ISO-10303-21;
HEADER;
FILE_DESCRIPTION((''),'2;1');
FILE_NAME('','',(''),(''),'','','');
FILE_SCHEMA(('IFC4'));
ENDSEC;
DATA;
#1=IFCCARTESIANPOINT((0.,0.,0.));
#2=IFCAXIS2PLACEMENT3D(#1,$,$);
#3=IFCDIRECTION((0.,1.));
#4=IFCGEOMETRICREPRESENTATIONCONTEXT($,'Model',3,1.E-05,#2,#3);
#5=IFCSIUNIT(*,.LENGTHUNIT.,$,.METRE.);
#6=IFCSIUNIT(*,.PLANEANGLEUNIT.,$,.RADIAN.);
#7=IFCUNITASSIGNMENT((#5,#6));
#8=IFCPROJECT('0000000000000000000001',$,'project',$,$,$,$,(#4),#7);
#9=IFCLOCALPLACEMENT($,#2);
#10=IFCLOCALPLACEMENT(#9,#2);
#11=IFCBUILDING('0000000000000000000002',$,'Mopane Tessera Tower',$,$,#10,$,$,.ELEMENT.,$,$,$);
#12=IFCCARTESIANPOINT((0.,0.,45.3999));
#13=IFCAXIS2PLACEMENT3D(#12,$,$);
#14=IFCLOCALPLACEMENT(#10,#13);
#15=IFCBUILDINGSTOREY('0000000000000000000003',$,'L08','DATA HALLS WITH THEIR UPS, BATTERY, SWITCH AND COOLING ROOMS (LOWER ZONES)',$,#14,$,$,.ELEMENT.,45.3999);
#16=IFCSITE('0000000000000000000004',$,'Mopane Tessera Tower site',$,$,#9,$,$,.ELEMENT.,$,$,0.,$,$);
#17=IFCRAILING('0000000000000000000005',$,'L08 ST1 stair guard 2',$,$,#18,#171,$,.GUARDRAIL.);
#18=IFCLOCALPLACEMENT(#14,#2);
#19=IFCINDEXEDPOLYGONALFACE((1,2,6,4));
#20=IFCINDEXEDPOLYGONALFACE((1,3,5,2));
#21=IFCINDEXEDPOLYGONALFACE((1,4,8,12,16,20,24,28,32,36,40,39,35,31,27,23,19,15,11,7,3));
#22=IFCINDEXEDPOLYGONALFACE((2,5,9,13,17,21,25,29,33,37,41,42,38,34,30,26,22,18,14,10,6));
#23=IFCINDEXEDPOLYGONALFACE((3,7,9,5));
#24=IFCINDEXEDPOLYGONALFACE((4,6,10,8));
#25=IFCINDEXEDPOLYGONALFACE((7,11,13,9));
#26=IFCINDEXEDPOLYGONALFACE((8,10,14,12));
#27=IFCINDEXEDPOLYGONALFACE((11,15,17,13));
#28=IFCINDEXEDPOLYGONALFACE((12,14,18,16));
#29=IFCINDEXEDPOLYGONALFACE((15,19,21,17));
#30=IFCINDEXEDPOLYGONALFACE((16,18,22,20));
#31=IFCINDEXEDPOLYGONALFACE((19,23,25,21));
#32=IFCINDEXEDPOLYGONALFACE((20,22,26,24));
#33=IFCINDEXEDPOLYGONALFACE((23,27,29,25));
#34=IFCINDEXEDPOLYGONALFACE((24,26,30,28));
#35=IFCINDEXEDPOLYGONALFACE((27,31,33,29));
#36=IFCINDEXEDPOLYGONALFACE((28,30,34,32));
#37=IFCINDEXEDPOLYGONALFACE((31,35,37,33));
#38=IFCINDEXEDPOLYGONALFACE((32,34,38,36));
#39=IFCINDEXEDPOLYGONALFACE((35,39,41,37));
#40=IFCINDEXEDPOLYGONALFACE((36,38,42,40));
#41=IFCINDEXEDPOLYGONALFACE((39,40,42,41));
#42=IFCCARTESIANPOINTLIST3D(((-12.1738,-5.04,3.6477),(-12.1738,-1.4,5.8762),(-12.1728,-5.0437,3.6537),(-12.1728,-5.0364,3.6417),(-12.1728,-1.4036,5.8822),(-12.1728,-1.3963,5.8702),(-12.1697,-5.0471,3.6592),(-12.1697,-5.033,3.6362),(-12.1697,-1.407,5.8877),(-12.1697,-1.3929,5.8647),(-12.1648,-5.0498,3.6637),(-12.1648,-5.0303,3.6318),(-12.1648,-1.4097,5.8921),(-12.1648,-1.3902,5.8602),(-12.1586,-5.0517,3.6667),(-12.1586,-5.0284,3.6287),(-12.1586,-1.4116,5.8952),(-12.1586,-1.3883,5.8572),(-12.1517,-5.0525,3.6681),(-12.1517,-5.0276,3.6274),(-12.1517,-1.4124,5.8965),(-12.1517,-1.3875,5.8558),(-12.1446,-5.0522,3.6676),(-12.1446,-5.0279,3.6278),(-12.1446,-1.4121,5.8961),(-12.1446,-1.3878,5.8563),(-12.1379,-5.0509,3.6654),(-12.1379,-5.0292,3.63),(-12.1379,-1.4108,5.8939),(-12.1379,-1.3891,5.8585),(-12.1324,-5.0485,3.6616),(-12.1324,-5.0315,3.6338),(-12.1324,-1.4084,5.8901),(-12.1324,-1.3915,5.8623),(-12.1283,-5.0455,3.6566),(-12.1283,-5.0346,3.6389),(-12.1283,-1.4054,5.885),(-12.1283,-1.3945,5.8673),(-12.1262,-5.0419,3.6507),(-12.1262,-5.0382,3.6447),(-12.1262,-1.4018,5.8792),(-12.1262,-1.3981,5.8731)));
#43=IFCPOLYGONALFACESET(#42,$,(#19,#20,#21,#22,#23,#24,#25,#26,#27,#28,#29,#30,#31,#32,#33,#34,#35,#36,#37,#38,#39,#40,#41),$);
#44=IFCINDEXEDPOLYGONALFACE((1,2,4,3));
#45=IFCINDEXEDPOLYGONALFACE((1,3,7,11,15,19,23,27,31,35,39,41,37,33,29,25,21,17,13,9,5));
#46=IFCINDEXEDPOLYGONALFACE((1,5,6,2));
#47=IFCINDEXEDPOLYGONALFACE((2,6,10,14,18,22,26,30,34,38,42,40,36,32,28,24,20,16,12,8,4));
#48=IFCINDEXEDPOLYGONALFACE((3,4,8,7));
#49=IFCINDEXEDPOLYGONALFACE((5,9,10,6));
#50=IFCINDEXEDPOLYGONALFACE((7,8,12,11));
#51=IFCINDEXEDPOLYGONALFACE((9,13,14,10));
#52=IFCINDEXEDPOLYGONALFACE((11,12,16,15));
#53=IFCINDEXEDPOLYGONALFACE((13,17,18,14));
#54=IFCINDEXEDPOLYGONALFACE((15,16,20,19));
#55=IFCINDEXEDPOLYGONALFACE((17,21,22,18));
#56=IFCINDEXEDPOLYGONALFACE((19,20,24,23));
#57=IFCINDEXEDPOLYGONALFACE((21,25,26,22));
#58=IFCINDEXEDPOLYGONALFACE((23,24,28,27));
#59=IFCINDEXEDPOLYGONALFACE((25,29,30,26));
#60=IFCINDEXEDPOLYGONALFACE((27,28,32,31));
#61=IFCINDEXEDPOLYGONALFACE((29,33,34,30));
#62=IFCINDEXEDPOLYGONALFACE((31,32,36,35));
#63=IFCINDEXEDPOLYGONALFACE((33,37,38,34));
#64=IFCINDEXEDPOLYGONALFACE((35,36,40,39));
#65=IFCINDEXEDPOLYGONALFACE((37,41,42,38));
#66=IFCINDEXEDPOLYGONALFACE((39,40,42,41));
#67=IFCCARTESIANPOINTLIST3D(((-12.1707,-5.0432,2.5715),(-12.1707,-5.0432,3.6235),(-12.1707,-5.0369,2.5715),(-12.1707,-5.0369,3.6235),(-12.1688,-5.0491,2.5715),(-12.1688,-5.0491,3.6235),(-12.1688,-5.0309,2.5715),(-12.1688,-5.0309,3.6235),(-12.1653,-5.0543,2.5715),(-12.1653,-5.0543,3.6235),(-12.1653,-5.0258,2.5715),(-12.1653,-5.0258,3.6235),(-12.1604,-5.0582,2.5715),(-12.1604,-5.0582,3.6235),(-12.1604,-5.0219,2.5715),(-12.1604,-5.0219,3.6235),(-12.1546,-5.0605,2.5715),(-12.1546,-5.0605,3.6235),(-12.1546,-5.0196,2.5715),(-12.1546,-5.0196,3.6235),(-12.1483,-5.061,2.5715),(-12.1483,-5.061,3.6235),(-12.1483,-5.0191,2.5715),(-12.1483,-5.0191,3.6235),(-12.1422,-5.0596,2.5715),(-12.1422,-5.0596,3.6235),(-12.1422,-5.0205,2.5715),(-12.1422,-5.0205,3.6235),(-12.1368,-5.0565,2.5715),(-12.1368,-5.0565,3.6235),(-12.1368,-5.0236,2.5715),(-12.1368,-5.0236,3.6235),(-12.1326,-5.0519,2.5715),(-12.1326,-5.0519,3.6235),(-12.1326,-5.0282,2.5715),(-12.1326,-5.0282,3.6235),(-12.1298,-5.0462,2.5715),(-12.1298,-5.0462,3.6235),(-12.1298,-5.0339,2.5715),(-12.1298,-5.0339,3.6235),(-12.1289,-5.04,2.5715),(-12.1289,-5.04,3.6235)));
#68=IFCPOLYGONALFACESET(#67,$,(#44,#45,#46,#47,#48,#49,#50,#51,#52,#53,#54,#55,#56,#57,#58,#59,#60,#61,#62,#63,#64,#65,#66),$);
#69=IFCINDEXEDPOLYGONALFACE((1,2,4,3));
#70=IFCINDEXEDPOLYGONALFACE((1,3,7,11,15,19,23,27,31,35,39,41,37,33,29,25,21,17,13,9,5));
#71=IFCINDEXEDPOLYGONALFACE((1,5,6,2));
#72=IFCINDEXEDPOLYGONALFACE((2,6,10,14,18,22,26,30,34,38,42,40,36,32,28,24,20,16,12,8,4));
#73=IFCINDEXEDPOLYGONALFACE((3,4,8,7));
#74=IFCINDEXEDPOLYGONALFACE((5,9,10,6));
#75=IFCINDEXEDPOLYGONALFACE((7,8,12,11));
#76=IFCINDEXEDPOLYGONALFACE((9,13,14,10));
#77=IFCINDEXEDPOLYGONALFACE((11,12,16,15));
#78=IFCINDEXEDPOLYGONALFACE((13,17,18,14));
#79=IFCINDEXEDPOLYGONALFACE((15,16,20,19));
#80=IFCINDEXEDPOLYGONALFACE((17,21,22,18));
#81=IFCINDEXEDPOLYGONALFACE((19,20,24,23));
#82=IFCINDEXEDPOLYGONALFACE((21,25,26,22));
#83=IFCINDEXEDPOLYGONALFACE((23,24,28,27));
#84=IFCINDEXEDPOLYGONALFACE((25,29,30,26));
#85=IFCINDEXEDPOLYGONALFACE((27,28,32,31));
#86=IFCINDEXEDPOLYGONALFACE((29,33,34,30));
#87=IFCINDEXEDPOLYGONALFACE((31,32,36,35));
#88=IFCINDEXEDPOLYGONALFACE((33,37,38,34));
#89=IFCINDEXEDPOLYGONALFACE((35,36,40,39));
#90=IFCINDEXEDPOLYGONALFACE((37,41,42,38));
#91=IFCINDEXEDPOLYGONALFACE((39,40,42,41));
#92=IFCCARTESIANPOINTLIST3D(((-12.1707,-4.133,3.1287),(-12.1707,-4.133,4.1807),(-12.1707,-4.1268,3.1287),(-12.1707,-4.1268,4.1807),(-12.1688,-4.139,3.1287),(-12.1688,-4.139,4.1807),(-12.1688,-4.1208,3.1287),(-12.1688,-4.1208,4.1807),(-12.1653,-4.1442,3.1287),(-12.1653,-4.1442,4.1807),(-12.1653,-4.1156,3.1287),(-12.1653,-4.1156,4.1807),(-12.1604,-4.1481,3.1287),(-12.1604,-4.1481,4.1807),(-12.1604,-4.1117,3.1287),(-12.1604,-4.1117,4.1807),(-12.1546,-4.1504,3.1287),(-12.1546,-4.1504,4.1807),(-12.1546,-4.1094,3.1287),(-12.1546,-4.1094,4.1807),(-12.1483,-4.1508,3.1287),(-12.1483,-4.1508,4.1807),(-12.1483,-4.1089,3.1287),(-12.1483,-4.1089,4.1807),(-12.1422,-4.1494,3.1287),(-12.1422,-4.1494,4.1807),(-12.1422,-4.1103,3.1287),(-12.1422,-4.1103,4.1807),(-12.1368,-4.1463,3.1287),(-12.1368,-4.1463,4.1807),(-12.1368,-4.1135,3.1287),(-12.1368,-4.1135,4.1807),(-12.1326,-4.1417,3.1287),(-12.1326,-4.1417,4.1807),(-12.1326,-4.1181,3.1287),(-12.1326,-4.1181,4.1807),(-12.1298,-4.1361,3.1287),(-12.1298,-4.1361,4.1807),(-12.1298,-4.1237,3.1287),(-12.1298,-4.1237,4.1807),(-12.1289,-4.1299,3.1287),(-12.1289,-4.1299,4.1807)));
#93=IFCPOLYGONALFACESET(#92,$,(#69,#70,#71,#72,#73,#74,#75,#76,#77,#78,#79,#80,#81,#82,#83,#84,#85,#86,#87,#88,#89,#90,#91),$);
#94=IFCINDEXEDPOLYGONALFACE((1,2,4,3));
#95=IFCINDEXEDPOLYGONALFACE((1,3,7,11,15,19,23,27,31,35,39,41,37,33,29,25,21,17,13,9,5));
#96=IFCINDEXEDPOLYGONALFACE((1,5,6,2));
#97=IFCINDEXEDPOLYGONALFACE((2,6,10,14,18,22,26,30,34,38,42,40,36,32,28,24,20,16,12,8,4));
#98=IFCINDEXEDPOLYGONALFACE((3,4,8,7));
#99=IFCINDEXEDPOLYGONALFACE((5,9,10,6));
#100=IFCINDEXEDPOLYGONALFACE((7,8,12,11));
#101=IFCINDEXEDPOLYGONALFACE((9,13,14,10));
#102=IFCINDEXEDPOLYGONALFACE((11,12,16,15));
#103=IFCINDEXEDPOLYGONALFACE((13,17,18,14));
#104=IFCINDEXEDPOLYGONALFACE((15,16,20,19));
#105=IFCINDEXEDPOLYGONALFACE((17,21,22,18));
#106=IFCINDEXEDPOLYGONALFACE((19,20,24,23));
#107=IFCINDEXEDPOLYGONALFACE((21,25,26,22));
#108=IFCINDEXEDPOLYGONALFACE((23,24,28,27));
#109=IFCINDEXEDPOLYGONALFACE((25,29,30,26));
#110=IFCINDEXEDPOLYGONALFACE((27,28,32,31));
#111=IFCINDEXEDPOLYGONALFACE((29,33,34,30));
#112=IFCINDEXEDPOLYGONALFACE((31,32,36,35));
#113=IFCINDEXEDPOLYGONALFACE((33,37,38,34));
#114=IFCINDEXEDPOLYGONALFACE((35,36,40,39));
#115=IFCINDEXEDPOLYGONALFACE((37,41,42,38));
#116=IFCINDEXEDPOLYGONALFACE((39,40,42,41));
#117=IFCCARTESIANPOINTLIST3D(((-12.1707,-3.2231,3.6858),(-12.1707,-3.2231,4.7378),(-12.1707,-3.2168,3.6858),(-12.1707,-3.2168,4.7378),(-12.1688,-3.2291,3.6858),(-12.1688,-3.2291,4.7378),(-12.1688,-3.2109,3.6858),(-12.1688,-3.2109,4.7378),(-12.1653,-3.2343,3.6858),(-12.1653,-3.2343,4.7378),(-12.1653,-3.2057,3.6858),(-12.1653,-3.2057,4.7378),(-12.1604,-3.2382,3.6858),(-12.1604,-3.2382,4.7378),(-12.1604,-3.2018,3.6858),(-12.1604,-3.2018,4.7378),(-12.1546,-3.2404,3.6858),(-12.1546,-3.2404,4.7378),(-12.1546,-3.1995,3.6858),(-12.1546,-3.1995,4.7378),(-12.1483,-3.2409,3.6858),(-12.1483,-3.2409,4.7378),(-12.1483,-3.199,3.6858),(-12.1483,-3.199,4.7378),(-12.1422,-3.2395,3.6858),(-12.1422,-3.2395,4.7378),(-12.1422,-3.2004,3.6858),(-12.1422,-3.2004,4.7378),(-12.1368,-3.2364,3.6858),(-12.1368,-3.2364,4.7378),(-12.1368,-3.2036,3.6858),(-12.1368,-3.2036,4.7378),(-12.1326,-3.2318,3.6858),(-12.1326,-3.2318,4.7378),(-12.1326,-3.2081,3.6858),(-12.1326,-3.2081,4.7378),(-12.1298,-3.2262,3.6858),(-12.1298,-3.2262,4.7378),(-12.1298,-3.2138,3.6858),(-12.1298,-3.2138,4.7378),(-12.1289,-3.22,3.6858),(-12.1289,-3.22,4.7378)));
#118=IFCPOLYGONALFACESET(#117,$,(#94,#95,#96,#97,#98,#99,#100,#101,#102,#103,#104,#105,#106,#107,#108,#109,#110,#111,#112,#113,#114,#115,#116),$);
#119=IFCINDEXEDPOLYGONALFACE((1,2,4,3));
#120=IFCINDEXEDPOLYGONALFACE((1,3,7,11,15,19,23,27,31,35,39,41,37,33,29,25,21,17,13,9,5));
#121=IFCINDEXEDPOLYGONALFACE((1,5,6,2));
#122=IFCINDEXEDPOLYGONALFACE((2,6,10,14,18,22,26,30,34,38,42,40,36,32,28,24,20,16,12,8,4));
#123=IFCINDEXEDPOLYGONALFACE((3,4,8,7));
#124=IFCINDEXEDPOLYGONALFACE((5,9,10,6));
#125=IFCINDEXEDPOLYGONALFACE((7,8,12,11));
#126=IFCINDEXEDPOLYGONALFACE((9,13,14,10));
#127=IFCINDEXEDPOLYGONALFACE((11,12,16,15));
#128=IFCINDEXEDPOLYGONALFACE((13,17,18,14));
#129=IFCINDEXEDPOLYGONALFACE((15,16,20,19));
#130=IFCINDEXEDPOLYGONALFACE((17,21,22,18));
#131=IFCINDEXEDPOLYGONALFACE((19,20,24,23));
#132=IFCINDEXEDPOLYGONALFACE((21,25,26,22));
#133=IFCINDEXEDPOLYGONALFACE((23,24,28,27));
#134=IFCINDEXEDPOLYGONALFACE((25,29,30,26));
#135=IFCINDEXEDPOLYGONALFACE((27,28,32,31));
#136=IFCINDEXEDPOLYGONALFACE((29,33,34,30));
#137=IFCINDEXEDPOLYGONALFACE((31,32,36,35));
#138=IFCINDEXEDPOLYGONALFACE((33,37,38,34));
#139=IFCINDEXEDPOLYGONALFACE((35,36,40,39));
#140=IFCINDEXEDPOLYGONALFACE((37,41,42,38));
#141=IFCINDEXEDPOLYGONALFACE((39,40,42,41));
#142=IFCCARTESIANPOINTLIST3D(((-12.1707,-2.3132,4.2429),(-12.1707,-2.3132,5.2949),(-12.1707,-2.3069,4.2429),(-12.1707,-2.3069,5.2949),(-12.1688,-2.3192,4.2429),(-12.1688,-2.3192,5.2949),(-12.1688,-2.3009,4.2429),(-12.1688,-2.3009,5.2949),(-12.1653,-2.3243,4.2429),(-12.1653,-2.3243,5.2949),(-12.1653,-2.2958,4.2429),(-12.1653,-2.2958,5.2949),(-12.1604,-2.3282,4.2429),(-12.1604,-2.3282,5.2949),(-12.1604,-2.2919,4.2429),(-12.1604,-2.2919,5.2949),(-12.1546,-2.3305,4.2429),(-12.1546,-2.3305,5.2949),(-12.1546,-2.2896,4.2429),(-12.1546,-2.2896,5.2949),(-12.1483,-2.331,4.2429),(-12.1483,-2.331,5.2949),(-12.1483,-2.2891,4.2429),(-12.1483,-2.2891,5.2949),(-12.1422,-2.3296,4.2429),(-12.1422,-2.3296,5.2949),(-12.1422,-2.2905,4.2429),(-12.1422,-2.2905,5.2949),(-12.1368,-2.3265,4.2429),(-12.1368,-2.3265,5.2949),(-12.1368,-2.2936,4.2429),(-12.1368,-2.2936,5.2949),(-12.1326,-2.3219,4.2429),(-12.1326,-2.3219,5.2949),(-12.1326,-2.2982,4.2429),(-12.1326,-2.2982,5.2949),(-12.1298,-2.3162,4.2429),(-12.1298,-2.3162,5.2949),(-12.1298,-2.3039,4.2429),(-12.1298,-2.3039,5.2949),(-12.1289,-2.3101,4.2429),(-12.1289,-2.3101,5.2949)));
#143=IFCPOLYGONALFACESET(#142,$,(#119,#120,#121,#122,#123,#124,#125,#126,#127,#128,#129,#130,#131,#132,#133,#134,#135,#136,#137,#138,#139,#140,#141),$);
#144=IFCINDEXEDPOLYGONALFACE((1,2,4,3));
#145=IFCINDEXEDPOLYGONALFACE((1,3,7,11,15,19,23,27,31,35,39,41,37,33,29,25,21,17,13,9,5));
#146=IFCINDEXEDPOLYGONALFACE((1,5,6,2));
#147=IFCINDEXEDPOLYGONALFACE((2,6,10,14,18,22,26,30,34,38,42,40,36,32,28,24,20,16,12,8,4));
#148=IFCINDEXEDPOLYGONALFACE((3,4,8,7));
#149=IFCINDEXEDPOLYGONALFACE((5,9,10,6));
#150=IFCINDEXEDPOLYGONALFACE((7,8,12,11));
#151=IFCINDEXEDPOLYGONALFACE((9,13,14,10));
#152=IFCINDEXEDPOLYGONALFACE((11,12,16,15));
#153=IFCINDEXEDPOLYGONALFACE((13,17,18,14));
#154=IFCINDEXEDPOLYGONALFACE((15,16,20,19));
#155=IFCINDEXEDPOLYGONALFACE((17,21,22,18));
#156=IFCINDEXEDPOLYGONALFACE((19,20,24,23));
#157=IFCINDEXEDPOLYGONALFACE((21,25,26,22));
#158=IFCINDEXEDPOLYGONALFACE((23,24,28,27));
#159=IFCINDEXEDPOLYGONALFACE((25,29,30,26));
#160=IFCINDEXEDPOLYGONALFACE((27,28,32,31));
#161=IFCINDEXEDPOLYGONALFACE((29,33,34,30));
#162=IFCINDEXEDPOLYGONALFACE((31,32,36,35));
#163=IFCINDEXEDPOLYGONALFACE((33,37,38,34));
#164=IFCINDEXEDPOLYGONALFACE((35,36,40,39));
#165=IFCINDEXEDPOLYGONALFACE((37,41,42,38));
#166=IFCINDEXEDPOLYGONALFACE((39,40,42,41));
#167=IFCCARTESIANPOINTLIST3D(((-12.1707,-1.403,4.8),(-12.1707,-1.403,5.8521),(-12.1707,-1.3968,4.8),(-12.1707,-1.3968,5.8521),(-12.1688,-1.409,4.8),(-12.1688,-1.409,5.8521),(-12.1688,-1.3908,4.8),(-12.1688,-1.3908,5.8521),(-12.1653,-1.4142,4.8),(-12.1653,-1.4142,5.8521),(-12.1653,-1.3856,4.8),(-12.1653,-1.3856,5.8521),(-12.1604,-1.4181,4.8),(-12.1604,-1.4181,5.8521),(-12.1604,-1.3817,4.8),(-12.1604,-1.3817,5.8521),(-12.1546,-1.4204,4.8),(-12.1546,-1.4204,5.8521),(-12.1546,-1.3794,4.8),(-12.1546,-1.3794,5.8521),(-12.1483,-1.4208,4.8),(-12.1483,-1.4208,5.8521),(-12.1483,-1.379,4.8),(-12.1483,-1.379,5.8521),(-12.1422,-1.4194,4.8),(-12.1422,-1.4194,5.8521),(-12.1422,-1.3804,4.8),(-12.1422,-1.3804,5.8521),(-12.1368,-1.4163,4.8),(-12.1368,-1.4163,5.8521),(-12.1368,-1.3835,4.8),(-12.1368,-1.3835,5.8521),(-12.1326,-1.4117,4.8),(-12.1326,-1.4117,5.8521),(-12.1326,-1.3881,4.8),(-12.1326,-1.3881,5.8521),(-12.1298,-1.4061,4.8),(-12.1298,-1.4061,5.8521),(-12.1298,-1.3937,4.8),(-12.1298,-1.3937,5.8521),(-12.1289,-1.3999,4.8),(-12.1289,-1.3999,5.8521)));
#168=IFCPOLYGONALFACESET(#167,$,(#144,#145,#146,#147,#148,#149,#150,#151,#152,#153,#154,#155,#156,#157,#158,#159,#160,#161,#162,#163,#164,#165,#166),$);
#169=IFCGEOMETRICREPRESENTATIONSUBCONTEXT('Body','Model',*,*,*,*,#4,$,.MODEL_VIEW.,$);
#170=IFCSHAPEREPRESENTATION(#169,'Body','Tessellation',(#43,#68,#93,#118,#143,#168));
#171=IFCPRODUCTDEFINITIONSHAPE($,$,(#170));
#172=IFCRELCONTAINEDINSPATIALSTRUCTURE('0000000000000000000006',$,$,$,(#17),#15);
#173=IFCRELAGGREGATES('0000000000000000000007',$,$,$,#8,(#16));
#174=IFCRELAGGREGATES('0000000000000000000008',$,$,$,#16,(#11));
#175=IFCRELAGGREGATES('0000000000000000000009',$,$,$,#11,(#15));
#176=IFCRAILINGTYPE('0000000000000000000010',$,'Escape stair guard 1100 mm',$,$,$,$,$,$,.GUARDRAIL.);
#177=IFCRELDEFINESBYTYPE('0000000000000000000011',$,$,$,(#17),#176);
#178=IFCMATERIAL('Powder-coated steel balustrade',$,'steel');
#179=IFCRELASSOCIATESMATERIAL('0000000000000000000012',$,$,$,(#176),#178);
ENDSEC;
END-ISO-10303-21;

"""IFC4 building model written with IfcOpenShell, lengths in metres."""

from ifc_helpers import new_model, si_unit, direction, frame, origin, origin_2d, place, context, subcontext, project, spatial, circle, extrude, material, type_object, element, save


model = new_model("IFC4")

# Units and contexts
model_context = context("Model", 3, precision=1e-05, world=origin(), true_north=direction((0.0, 1.0)))
body_context = subcontext(model_context, "Body", "Model", "MODEL_VIEW")
ifc_project = project(units=[si_unit("LENGTHUNIT", "METRE"), si_unit("PLANEANGLEUNIT", "RADIAN")], contexts=[model_context])

# Site, building, storey
site_placement = place(None, origin())
site = spatial("IfcSite", under=ifc_project, at=site_placement, Name="Mopane Tessera Tower site", CompositionType="ELEMENT", RefElevation=0.0)
building_placement = place(site_placement, origin())
building = spatial("IfcBuilding", under=site, at=building_placement, Name="Mopane Tessera Tower", CompositionType="ELEMENT")
storey_placement = place(building_placement, frame((0.0, 0.0, 45.3999)))
storey = spatial("IfcBuildingStorey", under=building, at=storey_placement, Name="L08", Description="DATA HALLS WITH THEIR UPS, BATTERY, SWITCH AND COOLING ROOMS (LOWER ZONES)", CompositionType="ELEMENT", Elevation=45.3999)

# Railing
ifc_material_1 = material(Name="Powder-coated steel balustrade", Category="steel")
railing_type_1 = type_object("IfcRailingType", Name="Escape stair guard 1100 mm", PredefinedType="GUARDRAIL", material=ifc_material_1)
railing_1_placement = place(storey_placement, frame((-12.1499, -5.04, 2.5715)))
element("IfcRailing", 1, at=railing_1_placement, inside=storey, type_object=railing_type_1, Name="L08 ST1 stair guard 2", PredefinedType="GUARDRAIL", context=body_context, shape_type="SweptSolid", body=[
    extrude(circle(Radius=0.0239, at=origin_2d()), frame((0.0, 0.0, 1.0762), z_axis=(0.0, 0.852866, 0.52213), x_axis=(-1.0, 0.0, 0.0)), (0.0, 0.0, 1.0), 4.2681),
    extrude(circle(Radius=0.021, at=origin_2d()), origin(), (0.0, 0.0, 1.0), 1.052),
    extrude(circle(Radius=0.021, at=origin_2d()), frame((0.0, 0.9102, 0.5571)), (0.0, 0.0, 1.0), 1.052),
    extrude(circle(Radius=0.021, at=origin_2d()), frame((0.0, 1.8201, 1.1143)), (0.0, 0.0, 1.0), 1.052),
    extrude(circle(Radius=0.021, at=origin_2d()), frame((0.0, 2.73, 1.6714)), (0.0, 0.0, 1.0), 1.052),
    extrude(circle(Radius=0.021, at=origin_2d()), frame((0.0, 3.6401, 2.2285)), (0.0, 0.0, 1.0), 1.052),
])

save(model, "model.ifc")
